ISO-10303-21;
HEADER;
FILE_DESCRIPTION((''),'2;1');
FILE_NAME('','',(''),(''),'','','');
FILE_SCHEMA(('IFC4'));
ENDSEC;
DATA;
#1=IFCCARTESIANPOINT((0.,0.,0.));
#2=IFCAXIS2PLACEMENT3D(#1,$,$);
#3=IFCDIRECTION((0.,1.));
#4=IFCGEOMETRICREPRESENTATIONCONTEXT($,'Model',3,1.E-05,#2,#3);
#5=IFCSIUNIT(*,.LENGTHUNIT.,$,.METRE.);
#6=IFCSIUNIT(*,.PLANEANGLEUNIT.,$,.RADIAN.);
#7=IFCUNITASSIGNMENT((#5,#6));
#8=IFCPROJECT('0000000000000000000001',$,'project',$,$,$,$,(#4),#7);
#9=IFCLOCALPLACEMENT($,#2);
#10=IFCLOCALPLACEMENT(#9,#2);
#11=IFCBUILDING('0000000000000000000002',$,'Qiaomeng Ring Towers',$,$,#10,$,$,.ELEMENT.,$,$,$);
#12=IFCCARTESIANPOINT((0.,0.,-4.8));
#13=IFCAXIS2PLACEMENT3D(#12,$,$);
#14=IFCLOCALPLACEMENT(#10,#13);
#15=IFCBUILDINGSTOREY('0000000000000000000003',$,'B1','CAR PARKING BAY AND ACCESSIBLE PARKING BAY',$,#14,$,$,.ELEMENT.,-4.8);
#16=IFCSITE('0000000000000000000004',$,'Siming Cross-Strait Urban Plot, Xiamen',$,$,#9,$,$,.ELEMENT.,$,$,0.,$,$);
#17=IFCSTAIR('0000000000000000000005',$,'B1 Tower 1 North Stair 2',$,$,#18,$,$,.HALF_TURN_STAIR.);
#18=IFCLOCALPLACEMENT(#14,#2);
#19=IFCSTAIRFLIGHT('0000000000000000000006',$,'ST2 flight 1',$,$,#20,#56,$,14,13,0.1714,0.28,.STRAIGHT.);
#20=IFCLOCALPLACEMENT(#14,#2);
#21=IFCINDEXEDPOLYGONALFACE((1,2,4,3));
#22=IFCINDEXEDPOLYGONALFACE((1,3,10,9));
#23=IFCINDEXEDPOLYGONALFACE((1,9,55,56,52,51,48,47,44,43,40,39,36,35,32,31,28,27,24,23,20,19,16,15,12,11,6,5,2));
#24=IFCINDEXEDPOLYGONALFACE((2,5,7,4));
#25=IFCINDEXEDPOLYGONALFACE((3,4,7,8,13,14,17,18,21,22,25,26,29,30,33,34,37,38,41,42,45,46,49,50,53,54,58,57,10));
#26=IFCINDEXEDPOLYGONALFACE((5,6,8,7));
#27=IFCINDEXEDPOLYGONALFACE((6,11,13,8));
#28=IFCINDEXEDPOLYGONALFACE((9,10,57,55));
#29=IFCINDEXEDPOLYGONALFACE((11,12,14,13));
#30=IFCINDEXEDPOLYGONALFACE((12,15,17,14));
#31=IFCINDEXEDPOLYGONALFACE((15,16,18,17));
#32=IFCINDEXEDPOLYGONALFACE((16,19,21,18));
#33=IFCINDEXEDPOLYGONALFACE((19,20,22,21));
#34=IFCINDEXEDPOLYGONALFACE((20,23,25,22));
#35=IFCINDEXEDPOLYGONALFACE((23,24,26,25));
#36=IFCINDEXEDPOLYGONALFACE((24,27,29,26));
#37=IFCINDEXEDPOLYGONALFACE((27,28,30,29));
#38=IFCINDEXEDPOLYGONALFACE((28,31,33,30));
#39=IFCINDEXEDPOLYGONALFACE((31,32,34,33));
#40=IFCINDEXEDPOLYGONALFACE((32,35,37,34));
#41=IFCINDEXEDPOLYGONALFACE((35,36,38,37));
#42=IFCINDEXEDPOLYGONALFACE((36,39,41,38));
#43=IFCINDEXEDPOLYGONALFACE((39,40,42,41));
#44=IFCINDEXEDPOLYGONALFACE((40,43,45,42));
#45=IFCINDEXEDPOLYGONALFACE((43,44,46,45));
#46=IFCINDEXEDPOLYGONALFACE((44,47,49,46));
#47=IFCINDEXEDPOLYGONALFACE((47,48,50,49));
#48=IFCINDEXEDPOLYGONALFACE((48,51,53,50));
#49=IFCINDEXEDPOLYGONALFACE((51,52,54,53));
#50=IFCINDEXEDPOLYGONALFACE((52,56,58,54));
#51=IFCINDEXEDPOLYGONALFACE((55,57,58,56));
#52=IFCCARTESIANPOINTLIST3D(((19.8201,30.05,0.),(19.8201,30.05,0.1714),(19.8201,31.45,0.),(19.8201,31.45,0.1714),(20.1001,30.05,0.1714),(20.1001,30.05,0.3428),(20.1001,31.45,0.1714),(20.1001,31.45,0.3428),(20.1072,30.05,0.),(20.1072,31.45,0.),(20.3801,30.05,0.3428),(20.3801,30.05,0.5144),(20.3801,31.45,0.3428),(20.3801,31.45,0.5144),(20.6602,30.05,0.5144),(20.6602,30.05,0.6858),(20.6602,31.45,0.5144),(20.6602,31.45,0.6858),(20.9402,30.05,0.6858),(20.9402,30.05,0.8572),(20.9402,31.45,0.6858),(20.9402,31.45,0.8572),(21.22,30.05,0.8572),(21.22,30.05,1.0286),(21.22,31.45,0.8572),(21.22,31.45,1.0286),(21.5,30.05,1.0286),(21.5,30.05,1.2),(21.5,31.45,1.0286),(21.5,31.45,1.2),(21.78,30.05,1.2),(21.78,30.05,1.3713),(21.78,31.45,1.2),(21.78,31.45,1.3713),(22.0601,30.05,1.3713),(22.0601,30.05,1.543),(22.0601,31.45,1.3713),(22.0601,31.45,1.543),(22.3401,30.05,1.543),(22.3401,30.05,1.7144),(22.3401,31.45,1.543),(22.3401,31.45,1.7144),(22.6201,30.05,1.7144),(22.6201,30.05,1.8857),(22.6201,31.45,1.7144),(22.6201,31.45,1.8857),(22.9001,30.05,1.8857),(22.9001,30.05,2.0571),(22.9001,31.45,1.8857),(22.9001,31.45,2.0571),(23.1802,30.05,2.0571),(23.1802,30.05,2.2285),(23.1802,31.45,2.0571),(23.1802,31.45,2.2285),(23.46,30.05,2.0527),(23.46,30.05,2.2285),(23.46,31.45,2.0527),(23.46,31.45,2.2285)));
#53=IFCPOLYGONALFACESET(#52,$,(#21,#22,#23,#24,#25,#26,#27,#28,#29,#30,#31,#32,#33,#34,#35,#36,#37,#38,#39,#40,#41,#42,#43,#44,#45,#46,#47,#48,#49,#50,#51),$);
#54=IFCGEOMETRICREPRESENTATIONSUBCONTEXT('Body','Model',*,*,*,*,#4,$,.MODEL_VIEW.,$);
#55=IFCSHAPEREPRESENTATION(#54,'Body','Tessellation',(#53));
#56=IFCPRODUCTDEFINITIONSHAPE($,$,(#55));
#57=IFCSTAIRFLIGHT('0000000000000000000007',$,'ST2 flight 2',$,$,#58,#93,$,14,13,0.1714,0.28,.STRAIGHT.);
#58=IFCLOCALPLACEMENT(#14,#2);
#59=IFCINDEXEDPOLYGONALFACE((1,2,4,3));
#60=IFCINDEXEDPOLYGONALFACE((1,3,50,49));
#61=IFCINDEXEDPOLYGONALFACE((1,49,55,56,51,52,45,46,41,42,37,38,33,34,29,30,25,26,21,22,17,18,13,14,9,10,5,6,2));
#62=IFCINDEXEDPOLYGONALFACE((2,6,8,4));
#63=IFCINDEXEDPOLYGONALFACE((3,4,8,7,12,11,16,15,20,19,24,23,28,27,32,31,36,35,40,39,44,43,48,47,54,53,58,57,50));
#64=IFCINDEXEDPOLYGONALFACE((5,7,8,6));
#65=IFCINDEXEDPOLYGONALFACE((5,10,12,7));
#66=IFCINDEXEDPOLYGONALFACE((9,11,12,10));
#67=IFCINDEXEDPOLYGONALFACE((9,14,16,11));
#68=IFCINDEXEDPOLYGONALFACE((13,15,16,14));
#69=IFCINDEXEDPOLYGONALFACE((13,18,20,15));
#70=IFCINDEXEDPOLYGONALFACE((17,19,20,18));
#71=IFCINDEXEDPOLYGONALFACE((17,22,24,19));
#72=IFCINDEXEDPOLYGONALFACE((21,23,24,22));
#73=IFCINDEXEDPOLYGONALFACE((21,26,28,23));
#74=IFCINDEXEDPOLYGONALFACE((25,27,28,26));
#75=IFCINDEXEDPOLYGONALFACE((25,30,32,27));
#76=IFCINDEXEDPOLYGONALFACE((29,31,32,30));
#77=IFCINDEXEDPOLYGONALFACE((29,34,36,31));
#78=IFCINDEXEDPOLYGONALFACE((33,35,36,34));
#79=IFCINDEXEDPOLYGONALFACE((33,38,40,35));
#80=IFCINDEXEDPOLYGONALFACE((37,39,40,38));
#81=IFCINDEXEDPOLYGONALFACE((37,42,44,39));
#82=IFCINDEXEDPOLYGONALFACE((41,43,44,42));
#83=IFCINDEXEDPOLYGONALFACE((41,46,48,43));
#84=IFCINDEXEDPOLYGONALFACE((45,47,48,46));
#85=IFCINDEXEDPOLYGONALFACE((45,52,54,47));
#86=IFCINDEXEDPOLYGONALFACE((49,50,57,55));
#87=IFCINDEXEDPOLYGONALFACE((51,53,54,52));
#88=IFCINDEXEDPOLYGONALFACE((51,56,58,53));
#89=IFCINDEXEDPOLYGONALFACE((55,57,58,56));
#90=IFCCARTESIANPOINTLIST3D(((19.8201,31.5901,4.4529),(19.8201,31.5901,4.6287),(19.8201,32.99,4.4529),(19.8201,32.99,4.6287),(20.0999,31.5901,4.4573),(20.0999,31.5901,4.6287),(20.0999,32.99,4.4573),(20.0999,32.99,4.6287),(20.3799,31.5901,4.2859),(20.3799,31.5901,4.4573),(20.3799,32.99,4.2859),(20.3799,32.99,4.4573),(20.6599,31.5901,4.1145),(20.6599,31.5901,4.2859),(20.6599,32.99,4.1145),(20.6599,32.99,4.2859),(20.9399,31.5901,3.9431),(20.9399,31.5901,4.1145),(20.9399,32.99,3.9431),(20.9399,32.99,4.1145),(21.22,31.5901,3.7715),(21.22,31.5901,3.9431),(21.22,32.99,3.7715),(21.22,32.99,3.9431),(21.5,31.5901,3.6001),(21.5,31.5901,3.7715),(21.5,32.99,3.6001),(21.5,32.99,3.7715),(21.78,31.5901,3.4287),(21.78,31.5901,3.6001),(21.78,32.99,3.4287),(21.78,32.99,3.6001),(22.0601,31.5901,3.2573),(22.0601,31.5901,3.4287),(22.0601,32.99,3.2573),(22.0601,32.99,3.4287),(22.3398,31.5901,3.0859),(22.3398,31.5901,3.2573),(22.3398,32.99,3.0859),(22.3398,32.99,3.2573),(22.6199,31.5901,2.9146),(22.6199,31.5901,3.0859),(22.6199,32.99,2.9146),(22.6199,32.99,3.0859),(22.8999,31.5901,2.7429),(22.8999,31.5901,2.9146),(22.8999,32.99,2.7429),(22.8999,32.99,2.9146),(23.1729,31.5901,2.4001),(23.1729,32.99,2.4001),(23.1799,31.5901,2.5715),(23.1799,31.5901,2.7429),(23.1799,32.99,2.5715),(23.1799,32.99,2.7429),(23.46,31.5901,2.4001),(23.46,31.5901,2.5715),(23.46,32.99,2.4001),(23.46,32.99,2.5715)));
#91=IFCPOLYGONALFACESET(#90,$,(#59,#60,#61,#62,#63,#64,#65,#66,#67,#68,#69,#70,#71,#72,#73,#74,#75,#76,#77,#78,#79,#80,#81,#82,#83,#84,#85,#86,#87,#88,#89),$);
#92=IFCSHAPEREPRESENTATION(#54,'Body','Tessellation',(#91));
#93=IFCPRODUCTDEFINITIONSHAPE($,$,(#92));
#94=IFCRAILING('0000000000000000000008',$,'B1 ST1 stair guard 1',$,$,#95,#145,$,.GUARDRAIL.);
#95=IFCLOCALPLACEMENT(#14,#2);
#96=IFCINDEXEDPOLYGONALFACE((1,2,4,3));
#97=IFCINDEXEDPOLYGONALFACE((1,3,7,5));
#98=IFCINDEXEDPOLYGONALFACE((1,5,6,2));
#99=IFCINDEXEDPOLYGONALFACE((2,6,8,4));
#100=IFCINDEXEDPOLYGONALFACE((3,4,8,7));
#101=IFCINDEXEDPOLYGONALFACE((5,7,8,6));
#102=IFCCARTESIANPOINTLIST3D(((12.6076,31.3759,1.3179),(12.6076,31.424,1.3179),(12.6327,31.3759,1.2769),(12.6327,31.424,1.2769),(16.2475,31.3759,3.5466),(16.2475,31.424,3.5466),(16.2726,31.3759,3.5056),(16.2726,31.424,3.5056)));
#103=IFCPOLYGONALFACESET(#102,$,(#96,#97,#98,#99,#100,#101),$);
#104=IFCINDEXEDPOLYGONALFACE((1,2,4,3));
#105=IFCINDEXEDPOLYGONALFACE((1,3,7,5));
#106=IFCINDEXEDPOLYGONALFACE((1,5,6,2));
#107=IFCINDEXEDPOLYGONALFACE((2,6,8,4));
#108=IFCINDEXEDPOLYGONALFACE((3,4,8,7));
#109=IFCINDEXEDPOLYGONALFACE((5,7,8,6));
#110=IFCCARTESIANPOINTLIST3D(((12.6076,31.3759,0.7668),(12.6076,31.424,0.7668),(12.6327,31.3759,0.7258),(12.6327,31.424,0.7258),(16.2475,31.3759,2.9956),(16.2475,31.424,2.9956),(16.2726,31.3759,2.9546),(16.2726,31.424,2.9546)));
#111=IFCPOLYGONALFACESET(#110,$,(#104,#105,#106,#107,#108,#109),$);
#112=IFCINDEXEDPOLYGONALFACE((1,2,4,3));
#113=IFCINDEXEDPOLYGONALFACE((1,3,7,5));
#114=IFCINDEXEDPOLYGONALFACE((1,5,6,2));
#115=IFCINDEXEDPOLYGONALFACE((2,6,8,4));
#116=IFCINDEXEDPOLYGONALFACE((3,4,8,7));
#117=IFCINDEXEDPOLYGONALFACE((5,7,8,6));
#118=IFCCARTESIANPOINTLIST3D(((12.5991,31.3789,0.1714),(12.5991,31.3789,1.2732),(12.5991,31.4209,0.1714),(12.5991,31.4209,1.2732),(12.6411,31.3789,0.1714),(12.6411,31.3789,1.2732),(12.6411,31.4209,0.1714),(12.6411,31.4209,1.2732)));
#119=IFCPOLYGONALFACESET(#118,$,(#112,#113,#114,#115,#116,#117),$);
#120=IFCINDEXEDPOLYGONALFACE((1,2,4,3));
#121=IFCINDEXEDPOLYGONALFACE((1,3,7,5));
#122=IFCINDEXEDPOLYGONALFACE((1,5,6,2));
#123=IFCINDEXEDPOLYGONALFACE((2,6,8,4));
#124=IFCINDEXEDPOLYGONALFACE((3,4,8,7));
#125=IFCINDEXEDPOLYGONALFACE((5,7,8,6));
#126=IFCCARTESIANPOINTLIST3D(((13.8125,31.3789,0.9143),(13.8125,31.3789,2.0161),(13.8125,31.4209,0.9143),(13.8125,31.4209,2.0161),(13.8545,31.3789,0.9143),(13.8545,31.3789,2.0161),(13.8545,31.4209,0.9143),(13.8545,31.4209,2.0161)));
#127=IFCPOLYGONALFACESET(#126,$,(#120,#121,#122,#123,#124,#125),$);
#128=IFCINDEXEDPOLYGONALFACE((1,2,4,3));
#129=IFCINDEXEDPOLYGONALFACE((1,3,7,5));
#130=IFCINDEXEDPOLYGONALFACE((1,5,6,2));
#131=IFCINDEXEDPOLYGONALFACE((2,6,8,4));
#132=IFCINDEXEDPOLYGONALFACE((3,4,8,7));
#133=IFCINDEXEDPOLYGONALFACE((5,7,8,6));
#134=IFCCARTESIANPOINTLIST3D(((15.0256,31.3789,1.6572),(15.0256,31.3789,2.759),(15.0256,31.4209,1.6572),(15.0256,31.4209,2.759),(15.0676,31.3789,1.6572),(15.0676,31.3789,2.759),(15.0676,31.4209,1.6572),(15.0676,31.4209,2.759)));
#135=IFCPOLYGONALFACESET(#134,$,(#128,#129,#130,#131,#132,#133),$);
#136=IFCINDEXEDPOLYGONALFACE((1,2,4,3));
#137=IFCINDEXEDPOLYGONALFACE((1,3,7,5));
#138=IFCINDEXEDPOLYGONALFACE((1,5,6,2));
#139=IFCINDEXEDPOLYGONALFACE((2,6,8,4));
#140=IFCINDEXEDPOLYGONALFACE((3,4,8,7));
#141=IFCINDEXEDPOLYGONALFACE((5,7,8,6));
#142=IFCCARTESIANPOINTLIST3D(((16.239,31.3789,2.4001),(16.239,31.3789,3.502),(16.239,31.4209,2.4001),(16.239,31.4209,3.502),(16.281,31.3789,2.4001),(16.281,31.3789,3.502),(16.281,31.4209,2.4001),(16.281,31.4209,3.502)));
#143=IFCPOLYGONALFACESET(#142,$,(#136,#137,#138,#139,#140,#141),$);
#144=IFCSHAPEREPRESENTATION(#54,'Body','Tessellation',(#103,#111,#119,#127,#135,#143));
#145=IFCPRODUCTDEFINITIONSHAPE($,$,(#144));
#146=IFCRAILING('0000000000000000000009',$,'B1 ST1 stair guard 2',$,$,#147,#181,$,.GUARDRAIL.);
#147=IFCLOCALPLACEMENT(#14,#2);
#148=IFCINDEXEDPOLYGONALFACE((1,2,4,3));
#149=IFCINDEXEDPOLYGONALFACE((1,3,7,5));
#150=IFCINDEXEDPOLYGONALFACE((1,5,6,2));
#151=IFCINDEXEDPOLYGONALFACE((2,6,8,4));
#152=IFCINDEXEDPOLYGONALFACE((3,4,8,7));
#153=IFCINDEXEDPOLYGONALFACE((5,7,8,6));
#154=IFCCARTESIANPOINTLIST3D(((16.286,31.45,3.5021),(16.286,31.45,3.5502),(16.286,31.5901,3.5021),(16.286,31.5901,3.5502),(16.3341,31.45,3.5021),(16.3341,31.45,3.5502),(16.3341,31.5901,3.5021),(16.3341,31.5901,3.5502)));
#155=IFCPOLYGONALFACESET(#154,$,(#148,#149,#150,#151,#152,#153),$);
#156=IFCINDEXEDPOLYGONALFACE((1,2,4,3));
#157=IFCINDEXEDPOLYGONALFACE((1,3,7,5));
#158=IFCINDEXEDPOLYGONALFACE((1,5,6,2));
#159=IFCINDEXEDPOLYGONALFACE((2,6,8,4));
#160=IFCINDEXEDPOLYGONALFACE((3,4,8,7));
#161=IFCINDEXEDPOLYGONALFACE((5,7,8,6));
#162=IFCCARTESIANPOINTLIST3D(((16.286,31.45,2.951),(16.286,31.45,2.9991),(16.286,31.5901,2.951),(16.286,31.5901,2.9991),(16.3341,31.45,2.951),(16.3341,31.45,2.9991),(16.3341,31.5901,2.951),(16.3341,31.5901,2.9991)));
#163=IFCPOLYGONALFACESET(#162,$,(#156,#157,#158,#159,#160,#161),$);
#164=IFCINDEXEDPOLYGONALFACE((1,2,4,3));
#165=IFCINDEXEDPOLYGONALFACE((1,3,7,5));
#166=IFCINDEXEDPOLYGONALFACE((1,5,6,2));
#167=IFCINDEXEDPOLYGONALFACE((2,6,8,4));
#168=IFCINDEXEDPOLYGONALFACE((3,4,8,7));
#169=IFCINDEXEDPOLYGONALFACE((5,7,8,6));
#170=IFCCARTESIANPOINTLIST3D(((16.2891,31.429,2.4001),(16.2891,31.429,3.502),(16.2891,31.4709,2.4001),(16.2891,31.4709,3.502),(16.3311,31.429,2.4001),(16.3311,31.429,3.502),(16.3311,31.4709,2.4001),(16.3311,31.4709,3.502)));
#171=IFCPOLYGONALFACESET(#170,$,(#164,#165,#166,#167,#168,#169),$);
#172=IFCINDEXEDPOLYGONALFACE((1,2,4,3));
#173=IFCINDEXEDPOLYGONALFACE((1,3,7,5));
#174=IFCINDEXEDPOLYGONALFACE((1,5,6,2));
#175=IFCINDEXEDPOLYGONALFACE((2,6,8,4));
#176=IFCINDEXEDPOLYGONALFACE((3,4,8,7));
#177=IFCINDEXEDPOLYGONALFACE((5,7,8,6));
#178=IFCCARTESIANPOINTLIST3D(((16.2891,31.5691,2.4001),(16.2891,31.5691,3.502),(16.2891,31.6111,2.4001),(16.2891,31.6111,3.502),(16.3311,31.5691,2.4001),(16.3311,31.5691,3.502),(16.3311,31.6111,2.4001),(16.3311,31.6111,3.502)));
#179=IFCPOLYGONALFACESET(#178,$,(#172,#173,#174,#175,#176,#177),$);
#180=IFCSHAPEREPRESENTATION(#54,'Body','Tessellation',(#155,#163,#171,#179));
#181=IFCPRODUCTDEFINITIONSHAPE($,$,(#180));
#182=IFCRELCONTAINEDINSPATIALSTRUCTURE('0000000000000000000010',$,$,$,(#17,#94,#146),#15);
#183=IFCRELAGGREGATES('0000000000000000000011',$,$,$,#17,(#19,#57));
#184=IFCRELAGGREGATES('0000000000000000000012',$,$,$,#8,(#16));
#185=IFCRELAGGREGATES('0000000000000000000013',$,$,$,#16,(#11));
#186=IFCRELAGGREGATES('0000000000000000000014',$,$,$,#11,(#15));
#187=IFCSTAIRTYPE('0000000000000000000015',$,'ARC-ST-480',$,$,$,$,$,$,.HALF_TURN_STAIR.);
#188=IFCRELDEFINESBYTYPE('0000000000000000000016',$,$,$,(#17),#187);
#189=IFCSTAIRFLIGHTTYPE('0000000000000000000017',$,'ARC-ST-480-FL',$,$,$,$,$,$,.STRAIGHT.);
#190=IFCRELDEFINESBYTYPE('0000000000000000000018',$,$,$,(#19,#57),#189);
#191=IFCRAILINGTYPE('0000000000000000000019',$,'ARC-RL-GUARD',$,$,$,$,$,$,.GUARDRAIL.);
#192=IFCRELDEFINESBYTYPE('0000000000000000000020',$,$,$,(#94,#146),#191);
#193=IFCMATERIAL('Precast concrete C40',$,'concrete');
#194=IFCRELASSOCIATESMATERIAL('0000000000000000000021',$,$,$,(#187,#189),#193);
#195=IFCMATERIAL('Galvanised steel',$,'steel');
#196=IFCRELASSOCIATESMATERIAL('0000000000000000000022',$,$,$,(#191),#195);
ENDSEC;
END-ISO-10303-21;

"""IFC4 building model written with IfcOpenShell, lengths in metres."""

from ifc_helpers import new_model, si_unit, direction, frame, origin, origin_2d, place, context, subcontext, project, spatial, polyline, rectangle, outline, extrude, source, transform, mapped, material, type_object, element, aggregate, save


model = new_model("IFC4")

# Units and contexts
model_context = context("Model", 3, precision=1e-05, world=origin(), true_north=direction((0.0, 1.0)))
body_context = subcontext(model_context, "Body", "Model", "MODEL_VIEW")
ifc_project = project(units=[si_unit("LENGTHUNIT", "METRE"), si_unit("PLANEANGLEUNIT", "RADIAN")], contexts=[model_context])

# Site, building, storey
site_placement = place(None, origin())
site = spatial("IfcSite", under=ifc_project, at=site_placement, Name="Siming Cross-Strait Urban Plot, Xiamen", CompositionType="ELEMENT", RefElevation=0.0)
building_placement = place(site_placement, origin())
building = spatial("IfcBuilding", under=site, at=building_placement, Name="Qiaomeng Ring Towers", CompositionType="ELEMENT")
storey_placement = place(building_placement, frame((0.0, 0.0, -4.8)))
storey = spatial("IfcBuildingStorey", under=building, at=storey_placement, Name="B1", Description="CAR PARKING BAY AND ACCESSIBLE PARKING BAY", CompositionType="ELEMENT", Elevation=-4.8)

# Shared definitions
ifc_material_1 = material(Name="Galvanised steel", Category="steel")

# Stair, stair flights
ifc_material_2 = material(Name="Precast concrete C40", Category="concrete")
stair_type = type_object("IfcStairType", Name="ARC-ST-480", PredefinedType="HALF_TURN_STAIR", material=ifc_material_2)
stair_flight_type = type_object("IfcStairFlightType", Name="ARC-ST-480-FL", PredefinedType="STRAIGHT", material=ifc_material_2)
shared_shape_1 = source(origin(), body_context, "Body", "SweptSolid", [
    extrude(outline(polyline([(0.0, 0.0), (0.0, 0.1714), (0.28, 0.1714), (0.28, 0.3428), (0.5601, 0.3428), (0.5601, 0.5144), (0.8401, 0.5144), (0.8401, 0.6858), (1.1201, 0.6858), (1.1201, 0.8572), (1.3999, 0.8572), (1.3999, 1.0286), (1.6799, 1.0286), (1.6799, 1.2), (1.96, 1.2), (1.96, 1.3713), (2.24, 1.3713), (2.24, 1.543), (2.52, 1.543), (2.52, 1.7144), (2.8, 1.7144), (2.8, 1.8857), (3.0801, 1.8857), (3.0801, 2.0571), (3.3601, 2.0571), (3.3601, 2.2285), (3.6399, 2.2285), (3.6399, 2.3999), (3.6399, 2.0527), (0.2871, 0.0), (0.0, 0.0)])), frame((0.0, 0.7, 0.0), z_axis=(0.0, -1.0, 0.0), x_axis=(1.0, 0.0, 0.0)), (0.0, 0.0, 1.0), 1.3999),
])
stair_1_placement = place(storey_placement, origin())
stair_1 = element("IfcStair", 1, at=stair_1_placement, inside=storey, type_object=stair_type, Name="B1 Tower 1 North Stair 2", PredefinedType="HALF_TURN_STAIR")
stair_flight_1_placement = place(storey_placement, frame((19.8201, 30.75, 0.0), z_axis=(0.0, 0.0, 1.0), x_axis=(1.0, 0.0, 0.0)))
stair_flight_1 = element("IfcStairFlight", 2, at=stair_flight_1_placement, type_object=stair_flight_type, Name="ST2 flight 1", NumberOfRisers=14, NumberOfTreads=13, PredefinedType="STRAIGHT", RiserHeight=0.1714, TreadLength=0.28, context=body_context, shape_type="MappedRepresentation", body=[
    mapped(shared_shape_1, transform((0.0, 0.0, 0.0), x_axis=(1.0, 0.0, 0.0), y_axis=(0.0, 1.0, 0.0), z_axis=(0.0, 0.0, 1.0), scale=1.0)),
])
stair_flight_2_placement = place(storey_placement, frame((23.46, 32.29, 2.4001), z_axis=(0.0, 0.0, 1.0), x_axis=(-1.0, 0.0, 0.0)))
stair_flight_2 = element("IfcStairFlight", 3, at=stair_flight_2_placement, type_object=stair_flight_type, Name="ST2 flight 2", NumberOfRisers=14, NumberOfTreads=13, PredefinedType="STRAIGHT", RiserHeight=0.1714, TreadLength=0.28, context=body_context, shape_type="MappedRepresentation", body=[
    mapped(shared_shape_1, transform((0.0, 0.0, 0.0), x_axis=(1.0, 0.0, 0.0), y_axis=(0.0, 1.0, 0.0), z_axis=(0.0, 0.0, 1.0), scale=1.0)),
])
aggregate(stair_1, [stair_flight_1, stair_flight_2])

# Railings
railing_type_1 = type_object("IfcRailingType", Name="ARC-RL-GUARD", PredefinedType="GUARDRAIL", material=ifc_material_1)
railing_1_placement = place(storey_placement, frame((12.6201, 31.3999, 0.1714)))
element("IfcRailing", 4, at=railing_1_placement, inside=storey, type_object=railing_type_1, Name="B1 ST1 stair guard 1", PredefinedType="GUARDRAIL", context=body_context, shape_type="SweptSolid", body=[
    extrude(rectangle(XDim=0.0481, YDim=0.0481, at=origin_2d()), frame((0.0, 0.0, 1.126), z_axis=(0.852825, 0.0, 0.522197), x_axis=(0.0, 1.0, 0.0)), (0.0, 0.0, 1.0), 4.2681),
    extrude(rectangle(XDim=0.0481, YDim=0.0481, at=origin_2d()), frame((0.0, 0.0, 0.575), z_axis=(0.852825, 0.0, 0.522197), x_axis=(0.0, 1.0, 0.0)), (0.0, 0.0, 1.0), 4.2681),
    extrude(rectangle(XDim=0.042, YDim=0.042, at=origin_2d()), origin(), (0.0, 0.0, 1.0), 1.1018),
    extrude(rectangle(XDim=0.042, YDim=0.042, at=origin_2d()), frame((1.2134, 0.0, 0.7429)), (0.0, 0.0, 1.0), 1.1018),
    extrude(rectangle(XDim=0.042, YDim=0.042, at=origin_2d()), frame((2.4265, 0.0, 1.4858)), (0.0, 0.0, 1.0), 1.1018),
    extrude(rectangle(XDim=0.042, YDim=0.042, at=origin_2d()), frame((3.6399, 0.0, 2.2288)), (0.0, 0.0, 1.0), 1.1018),
])
railing_2_placement = place(storey_placement, frame((16.3101, 31.45, 2.4001)))
element("IfcRailing", 5, at=railing_2_placement, inside=storey, type_object=railing_type_1, Name="B1 ST1 stair guard 2", PredefinedType="GUARDRAIL", context=body_context, shape_type="SweptSolid", body=[
    extrude(rectangle(XDim=0.0481, YDim=0.0481, at=origin_2d()), frame((0.0, 0.0, 1.126), z_axis=(0.0, 1.0, 0.0), x_axis=(-1.0, 0.0, 0.0)), (0.0, 0.0, 1.0), 0.1401),
    extrude(rectangle(XDim=0.0481, YDim=0.0481, at=origin_2d()), frame((0.0, 0.0, 0.575), z_axis=(0.0, 1.0, 0.0), x_axis=(-1.0, 0.0, 0.0)), (0.0, 0.0, 1.0), 0.1401),
    extrude(rectangle(XDim=0.042, YDim=0.042, at=origin_2d()), origin(), (0.0, 0.0, 1.0), 1.1018),
    extrude(rectangle(XDim=0.042, YDim=0.042, at=origin_2d()), frame((0.0, 0.1401, 0.0)), (0.0, 0.0, 1.0), 1.1018),
])

save(model, "model.ifc")
